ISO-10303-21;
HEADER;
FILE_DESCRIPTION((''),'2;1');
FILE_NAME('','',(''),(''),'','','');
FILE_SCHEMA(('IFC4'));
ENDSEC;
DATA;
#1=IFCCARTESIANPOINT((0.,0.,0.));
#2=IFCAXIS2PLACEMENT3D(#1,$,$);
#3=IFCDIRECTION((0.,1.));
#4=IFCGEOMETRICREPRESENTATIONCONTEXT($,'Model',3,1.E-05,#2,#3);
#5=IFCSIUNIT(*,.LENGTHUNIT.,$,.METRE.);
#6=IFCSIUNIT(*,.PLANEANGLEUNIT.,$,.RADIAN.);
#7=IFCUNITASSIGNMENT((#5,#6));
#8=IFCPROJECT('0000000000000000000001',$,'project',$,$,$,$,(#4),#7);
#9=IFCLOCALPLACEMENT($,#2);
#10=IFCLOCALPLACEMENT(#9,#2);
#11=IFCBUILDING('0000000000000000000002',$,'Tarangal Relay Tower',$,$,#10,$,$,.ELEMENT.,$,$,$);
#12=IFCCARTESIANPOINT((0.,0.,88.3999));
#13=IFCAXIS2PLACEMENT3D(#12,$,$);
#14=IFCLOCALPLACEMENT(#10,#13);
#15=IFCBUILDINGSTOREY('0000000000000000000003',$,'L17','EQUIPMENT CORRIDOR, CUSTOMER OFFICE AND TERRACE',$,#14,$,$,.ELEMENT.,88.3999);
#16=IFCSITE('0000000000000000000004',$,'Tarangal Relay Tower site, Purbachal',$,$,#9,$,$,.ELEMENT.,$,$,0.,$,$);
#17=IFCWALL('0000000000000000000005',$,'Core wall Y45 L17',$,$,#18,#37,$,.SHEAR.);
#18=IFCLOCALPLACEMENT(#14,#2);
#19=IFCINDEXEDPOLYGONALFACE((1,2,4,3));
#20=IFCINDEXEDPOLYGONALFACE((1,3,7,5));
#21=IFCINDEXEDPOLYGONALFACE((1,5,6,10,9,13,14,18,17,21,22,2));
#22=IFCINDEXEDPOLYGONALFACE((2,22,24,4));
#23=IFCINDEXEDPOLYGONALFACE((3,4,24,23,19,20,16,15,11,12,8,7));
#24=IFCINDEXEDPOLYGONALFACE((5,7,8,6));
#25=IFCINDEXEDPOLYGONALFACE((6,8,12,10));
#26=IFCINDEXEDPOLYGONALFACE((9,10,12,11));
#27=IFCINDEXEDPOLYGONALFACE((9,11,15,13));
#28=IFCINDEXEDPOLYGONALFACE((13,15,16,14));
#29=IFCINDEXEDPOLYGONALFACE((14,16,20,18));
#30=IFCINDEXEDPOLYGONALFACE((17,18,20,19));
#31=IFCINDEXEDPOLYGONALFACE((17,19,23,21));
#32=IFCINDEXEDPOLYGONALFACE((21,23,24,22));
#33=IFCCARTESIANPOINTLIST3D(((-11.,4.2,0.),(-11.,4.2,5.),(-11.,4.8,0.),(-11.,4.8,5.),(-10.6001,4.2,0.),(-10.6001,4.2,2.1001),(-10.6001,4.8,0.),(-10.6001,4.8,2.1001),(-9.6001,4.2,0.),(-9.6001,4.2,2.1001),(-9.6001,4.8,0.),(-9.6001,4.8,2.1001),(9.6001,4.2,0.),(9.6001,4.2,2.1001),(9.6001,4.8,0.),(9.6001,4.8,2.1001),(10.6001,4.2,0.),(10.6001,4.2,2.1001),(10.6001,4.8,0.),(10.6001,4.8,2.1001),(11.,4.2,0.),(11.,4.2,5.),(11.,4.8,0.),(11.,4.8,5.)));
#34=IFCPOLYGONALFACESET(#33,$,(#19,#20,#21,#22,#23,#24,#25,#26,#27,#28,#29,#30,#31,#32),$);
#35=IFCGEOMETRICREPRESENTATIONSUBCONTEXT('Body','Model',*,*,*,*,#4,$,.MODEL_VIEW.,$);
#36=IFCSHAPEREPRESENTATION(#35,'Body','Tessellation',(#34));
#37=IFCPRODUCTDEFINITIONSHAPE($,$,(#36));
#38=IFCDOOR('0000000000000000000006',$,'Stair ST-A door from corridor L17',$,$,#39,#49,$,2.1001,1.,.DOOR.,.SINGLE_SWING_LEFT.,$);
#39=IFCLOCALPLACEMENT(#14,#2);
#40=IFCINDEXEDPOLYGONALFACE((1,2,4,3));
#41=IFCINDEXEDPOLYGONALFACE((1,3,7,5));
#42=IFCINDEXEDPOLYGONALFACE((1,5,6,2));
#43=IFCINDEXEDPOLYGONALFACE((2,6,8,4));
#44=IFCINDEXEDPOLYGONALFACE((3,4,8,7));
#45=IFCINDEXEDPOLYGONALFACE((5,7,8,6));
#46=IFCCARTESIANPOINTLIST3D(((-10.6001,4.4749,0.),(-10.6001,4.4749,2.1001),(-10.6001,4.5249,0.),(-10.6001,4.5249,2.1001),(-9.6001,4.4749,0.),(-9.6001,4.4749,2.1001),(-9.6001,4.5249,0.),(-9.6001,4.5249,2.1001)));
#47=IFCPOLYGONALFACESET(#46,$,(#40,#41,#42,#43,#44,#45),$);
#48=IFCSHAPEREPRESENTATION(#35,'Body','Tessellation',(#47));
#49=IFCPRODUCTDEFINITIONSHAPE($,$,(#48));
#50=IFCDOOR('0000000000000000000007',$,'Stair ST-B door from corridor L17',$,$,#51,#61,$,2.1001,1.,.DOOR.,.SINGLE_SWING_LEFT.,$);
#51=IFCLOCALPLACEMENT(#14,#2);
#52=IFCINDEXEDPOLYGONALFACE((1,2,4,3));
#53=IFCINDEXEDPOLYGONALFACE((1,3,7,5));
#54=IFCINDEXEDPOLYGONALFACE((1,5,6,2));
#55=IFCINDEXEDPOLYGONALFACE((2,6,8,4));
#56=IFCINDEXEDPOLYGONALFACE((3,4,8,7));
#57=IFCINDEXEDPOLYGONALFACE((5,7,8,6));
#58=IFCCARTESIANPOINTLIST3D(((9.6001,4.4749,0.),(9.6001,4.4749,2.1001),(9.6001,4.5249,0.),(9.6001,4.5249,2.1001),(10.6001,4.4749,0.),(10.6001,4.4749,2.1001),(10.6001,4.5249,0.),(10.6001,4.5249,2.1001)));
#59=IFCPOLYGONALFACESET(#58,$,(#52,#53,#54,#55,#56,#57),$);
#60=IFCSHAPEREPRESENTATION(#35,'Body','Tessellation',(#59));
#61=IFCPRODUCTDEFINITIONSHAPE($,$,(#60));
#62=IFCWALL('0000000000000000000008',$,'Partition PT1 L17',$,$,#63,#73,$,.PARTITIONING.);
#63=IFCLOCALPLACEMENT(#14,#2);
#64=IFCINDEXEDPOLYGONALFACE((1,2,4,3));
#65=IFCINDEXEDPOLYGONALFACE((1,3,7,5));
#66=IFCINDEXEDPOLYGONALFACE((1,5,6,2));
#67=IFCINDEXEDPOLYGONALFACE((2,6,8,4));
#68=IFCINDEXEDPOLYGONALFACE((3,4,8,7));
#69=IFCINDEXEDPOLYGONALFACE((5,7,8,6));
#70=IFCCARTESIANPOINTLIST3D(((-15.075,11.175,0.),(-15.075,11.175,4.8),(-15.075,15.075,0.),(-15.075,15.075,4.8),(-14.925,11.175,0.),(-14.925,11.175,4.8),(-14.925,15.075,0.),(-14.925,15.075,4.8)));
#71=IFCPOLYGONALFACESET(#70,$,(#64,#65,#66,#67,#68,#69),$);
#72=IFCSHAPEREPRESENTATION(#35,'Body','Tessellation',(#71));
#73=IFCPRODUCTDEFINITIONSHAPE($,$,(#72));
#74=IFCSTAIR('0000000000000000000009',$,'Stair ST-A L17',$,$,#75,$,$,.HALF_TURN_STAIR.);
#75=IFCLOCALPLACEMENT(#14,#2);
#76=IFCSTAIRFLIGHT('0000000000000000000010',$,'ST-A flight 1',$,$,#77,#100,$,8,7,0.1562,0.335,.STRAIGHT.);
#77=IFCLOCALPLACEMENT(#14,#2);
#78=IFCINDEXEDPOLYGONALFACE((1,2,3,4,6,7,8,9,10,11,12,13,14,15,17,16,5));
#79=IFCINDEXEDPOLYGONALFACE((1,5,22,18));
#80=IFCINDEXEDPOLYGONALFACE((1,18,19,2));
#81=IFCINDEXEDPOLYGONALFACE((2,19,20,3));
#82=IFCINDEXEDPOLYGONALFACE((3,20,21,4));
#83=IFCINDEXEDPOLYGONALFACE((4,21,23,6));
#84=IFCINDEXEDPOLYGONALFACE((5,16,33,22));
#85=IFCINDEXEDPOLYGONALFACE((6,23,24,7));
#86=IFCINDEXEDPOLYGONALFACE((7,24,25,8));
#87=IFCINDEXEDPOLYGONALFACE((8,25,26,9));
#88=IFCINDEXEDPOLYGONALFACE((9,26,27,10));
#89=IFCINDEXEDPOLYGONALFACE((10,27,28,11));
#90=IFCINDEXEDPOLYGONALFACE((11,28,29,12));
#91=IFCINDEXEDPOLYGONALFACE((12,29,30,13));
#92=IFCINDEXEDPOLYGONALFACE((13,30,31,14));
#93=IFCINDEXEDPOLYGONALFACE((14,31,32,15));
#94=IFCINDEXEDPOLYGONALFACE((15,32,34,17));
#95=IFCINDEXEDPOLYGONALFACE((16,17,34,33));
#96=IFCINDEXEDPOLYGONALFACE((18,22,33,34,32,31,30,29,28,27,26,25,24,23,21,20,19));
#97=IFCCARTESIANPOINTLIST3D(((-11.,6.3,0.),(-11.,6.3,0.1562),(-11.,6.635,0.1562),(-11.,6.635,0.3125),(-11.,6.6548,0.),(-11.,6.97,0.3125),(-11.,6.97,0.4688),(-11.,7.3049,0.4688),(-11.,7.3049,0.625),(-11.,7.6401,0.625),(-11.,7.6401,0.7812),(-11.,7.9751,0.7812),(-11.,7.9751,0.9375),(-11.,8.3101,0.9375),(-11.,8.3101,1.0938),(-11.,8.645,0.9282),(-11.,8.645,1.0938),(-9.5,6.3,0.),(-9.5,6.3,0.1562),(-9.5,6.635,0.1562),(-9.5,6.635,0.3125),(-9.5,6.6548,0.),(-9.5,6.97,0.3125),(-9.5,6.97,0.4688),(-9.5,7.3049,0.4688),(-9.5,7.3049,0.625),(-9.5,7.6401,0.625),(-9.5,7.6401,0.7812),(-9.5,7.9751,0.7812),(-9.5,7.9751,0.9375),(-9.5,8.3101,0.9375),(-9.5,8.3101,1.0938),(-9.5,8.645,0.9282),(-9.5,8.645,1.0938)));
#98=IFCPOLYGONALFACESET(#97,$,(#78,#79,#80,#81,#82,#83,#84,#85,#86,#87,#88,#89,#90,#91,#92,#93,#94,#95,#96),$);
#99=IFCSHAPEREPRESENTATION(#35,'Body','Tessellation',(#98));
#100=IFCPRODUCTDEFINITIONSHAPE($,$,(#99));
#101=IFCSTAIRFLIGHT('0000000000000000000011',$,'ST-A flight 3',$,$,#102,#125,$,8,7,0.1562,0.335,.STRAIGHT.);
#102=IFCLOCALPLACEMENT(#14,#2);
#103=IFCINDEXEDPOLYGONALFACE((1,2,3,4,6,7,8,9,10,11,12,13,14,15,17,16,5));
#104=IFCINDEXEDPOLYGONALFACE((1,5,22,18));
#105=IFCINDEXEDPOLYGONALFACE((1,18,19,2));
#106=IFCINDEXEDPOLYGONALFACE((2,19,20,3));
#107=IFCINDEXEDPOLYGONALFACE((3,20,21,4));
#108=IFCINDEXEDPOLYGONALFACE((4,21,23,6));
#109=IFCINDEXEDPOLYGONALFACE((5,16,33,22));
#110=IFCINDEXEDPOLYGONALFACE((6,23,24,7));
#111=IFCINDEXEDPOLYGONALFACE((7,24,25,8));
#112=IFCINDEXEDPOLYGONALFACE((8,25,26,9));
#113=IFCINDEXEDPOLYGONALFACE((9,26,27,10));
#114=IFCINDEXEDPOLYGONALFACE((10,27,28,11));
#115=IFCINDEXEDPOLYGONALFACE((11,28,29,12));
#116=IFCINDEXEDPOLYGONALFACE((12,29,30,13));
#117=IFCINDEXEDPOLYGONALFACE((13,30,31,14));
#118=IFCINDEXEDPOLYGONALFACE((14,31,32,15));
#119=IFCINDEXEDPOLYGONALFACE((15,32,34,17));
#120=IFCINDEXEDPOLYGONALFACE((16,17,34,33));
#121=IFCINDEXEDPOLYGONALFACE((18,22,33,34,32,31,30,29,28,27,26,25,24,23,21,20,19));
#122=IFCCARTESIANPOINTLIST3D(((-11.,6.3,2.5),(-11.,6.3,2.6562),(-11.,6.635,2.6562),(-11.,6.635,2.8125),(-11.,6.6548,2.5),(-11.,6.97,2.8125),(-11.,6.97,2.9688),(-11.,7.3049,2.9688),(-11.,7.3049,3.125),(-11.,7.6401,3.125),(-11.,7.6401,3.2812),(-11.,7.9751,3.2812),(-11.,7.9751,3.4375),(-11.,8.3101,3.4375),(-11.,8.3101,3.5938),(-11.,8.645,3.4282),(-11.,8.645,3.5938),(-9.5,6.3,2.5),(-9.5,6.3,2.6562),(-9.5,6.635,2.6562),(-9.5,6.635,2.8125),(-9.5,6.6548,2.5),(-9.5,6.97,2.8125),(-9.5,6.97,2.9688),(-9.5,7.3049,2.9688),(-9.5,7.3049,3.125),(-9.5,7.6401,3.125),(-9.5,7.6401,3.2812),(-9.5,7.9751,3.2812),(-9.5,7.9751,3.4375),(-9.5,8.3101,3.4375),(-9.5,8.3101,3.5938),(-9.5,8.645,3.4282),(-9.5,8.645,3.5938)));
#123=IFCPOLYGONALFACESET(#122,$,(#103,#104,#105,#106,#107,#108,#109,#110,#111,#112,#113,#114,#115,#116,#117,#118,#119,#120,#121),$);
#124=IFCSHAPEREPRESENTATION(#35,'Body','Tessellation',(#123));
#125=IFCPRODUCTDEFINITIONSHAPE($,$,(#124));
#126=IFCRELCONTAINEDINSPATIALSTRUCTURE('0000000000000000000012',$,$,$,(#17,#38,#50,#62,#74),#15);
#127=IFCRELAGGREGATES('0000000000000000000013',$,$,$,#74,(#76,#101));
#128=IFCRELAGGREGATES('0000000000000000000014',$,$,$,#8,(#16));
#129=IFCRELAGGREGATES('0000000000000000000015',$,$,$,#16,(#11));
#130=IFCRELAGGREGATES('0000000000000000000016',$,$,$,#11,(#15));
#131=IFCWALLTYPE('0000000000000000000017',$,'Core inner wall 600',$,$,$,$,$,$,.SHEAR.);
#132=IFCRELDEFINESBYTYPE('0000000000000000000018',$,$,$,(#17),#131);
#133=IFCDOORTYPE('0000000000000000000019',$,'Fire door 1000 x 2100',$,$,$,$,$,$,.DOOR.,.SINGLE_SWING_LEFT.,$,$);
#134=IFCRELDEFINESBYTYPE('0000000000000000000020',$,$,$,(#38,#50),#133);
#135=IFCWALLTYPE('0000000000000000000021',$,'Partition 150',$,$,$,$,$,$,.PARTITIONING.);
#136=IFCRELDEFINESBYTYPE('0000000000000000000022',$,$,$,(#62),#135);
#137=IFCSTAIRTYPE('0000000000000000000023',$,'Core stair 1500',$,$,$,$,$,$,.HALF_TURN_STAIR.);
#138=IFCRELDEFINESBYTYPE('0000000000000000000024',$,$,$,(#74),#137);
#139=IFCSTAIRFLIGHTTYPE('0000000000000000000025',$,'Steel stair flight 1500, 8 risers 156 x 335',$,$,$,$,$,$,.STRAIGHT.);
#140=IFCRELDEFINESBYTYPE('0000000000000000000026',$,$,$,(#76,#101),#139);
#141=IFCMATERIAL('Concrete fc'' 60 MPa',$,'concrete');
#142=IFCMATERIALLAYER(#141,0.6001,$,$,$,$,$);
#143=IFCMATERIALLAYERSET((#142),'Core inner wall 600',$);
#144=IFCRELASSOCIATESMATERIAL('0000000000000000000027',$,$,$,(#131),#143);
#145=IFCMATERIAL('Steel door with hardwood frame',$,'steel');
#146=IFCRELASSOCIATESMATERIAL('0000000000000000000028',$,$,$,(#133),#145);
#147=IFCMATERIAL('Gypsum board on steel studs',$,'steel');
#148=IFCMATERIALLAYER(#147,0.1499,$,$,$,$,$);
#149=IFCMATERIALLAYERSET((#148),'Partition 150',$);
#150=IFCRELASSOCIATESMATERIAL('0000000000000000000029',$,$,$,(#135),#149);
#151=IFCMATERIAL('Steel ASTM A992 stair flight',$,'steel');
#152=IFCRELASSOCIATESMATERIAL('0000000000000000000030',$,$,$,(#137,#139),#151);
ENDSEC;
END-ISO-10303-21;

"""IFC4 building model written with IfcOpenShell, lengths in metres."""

from ifc_helpers import new_model, si_unit, direction, frame, frame_2d, origin, place, context, subcontext, project, spatial, polyline, rectangle, outline, extrude, material, layer, layer_set, type_object, element, fill, aggregate, save


model = new_model("IFC4")

# Units and contexts
model_context = context("Model", 3, precision=1e-05, world=origin(), true_north=direction((0.0, 1.0)))
body_context = subcontext(model_context, "Body", "Model", "MODEL_VIEW")
ifc_project = project(units=[si_unit("LENGTHUNIT", "METRE"), si_unit("PLANEANGLEUNIT", "RADIAN")], contexts=[model_context])

# Site, building, storey
site_placement = place(None, origin())
site = spatial("IfcSite", under=ifc_project, at=site_placement, Name="Tarangal Relay Tower site, Purbachal", CompositionType="ELEMENT", RefElevation=0.0)
building_placement = place(site_placement, origin())
building = spatial("IfcBuilding", under=site, at=building_placement, Name="Tarangal Relay Tower", CompositionType="ELEMENT")
storey_placement = place(building_placement, frame((0.0, 0.0, 88.3999)))
storey = spatial("IfcBuildingStorey", under=building, at=storey_placement, Name="L17", Description="EQUIPMENT CORRIDOR, CUSTOMER OFFICE AND TERRACE", CompositionType="ELEMENT", Elevation=88.3999)

# Wall, openings, doors
ifc_material_1 = material(Name="Concrete fc' 60 MPa", Category="concrete")
ifc_layer_1 = layer(ifc_material_1, 0.6001)
ifc_layer_set_1 = layer_set([ifc_layer_1], Name="Core inner wall 600")
wall_type_1 = type_object("IfcWallType", Name="Core inner wall 600", PredefinedType="SHEAR", material=ifc_layer_set_1)
wall_1_placement = place(storey_placement, frame((-11.0, 4.5, 0.0), z_axis=(0.0, 0.0, 1.0), x_axis=(1.0, 0.0, 0.0)))
wall_1 = element("IfcWall", 1, at=wall_1_placement, inside=storey, type_object=wall_type_1, Name="Core wall Y45 L17", PredefinedType="SHEAR", context=body_context, shape_type="SweptSolid", body=[
    extrude(rectangle(XDim=22.0, YDim=0.6001, at=frame_2d((11.0, 0.0))), origin(), (0.0, 0.0, 1.0), 5.0),
])
opening_1_placement = place(wall_1_placement, frame((0.3999, 0.0, 0.0)))
opening_1 = element("IfcOpeningElement", 2, at=opening_1_placement, cuts=wall_1, PredefinedType="OPENING", context=body_context, shape_type="SweptSolid", body=[
    extrude(rectangle(XDim=1.0, YDim=2.1001, at=frame_2d((0.5, 1.05))), frame((0.0, 0.3101, 0.0), z_axis=(0.0, -1.0, 0.0), x_axis=(1.0, 0.0, 0.0)), (0.0, 0.0, 1.0), 0.6201),
])
opening_2_placement = place(wall_1_placement, frame((20.6001, 0.0, 0.0)))
opening_2 = element("IfcOpeningElement", 3, at=opening_2_placement, cuts=wall_1, PredefinedType="OPENING", context=body_context, shape_type="SweptSolid", body=[
    extrude(rectangle(XDim=1.0, YDim=2.1001, at=frame_2d((0.5, 1.05))), frame((0.0, 0.3101, 0.0), z_axis=(0.0, -1.0, 0.0), x_axis=(1.0, 0.0, 0.0)), (0.0, 0.0, 1.0), 0.6201),
])
ifc_material_2 = material(Name="Steel door with hardwood frame", Category="steel")
door_type_1 = type_object("IfcDoorType", Name="Fire door 1000 x 2100", OperationType="SINGLE_SWING_LEFT", PredefinedType="DOOR", material=ifc_material_2)
door_1_placement = place(opening_1_placement, origin())
door_1 = element("IfcDoor", 4, at=door_1_placement, inside=storey, type_object=door_type_1, Name="Stair ST-A door from corridor L17", OperationType="SINGLE_SWING_LEFT", OverallHeight=2.1001, OverallWidth=1.0, PredefinedType="DOOR", context=body_context, shape_type="SweptSolid", body=[
    extrude(rectangle(XDim=1.0, YDim=2.1001, at=frame_2d((0.5, 1.05))), frame((0.0, 0.0249, 0.0), z_axis=(0.0, -1.0, 0.0), x_axis=(1.0, 0.0, 0.0)), (0.0, 0.0, 1.0), 0.05),
])
fill(opening_1, door_1)
door_2_placement = place(opening_2_placement, origin())
door_2 = element("IfcDoor", 5, at=door_2_placement, inside=storey, type_object=door_type_1, Name="Stair ST-B door from corridor L17", OperationType="SINGLE_SWING_LEFT", OverallHeight=2.1001, OverallWidth=1.0, PredefinedType="DOOR", context=body_context, shape_type="SweptSolid", body=[
    extrude(rectangle(XDim=1.0, YDim=2.1001, at=frame_2d((0.5, 1.05))), frame((0.0, 0.0249, 0.0), z_axis=(0.0, -1.0, 0.0), x_axis=(1.0, 0.0, 0.0)), (0.0, 0.0, 1.0), 0.05),
])
fill(opening_2, door_2)

# Wall
ifc_material_3 = material(Name="Gypsum board on steel studs", Category="steel")
ifc_layer_2 = layer(ifc_material_3, 0.1499)
ifc_layer_set_2 = layer_set([ifc_layer_2], Name="Partition 150")
wall_type_2 = type_object("IfcWallType", Name="Partition 150", PredefinedType="PARTITIONING", material=ifc_layer_set_2)
wall_2_placement = place(storey_placement, frame((-15.0, 11.175, 0.0), z_axis=(0.0, 0.0, 1.0), x_axis=(0.0, 1.0, 0.0)))
element("IfcWall", 6, at=wall_2_placement, inside=storey, type_object=wall_type_2, Name="Partition PT1 L17", PredefinedType="PARTITIONING", context=body_context, shape_type="SweptSolid", body=[
    extrude(rectangle(XDim=3.8999, YDim=0.1499, at=frame_2d((1.95, 0.0))), origin(), (0.0, 0.0, 1.0), 4.8),
])

# Stair, stair flights
ifc_material_4 = material(Name="Steel ASTM A992 stair flight", Category="steel")
stair_type = type_object("IfcStairType", Name="Core stair 1500", PredefinedType="HALF_TURN_STAIR", material=ifc_material_4)
stair_placement = place(storey_placement, origin())
stair = element("IfcStair", 7, at=stair_placement, inside=storey, type_object=stair_type, Name="Stair ST-A L17", PredefinedType="HALF_TURN_STAIR")
stair_flight_type = type_object("IfcStairFlightType", Name="Steel stair flight 1500, 8 risers 156 x 335", PredefinedType="STRAIGHT", material=ifc_material_4)
stair_flight_1_placement = place(storey_placement, frame((-10.25, 6.3, 0.0), z_axis=(0.0, 0.0, 1.0), x_axis=(0.0, 1.0, 0.0)))
stair_flight_1 = element("IfcStairFlight", 8, at=stair_flight_1_placement, type_object=stair_flight_type, Name="ST-A flight 1", NumberOfRisers=8, NumberOfTreads=7, PredefinedType="STRAIGHT", RiserHeight=0.1562, TreadLength=0.335, context=body_context, shape_type="SweptSolid", body=[
    extrude(outline(polyline([(0.0, 0.0), (0.0, 0.1562), (0.335, 0.1562), (0.335, 0.3125), (0.6699, 0.3125), (0.6699, 0.4688), (1.0049, 0.4688), (1.0049, 0.625), (1.3401, 0.625), (1.3401, 0.7812), (1.675, 0.7812), (1.675, 0.9375), (2.01, 0.9375), (2.01, 1.0938), (2.345, 1.0938), (2.345, 1.25), (2.345, 0.9282), (0.3547, 0.0), (0.0, 0.0)])), frame((0.0, 0.75, 0.0), z_axis=(0.0, -1.0, 0.0), x_axis=(1.0, 0.0, 0.0)), (0.0, 0.0, 1.0), 1.5),
])
stair_flight_2_placement = place(storey_placement, frame((-10.25, 6.3, 2.5), z_axis=(0.0, 0.0, 1.0), x_axis=(0.0, 1.0, 0.0)))
stair_flight_2 = element("IfcStairFlight", 9, at=stair_flight_2_placement, type_object=stair_flight_type, Name="ST-A flight 3", NumberOfRisers=8, NumberOfTreads=7, PredefinedType="STRAIGHT", RiserHeight=0.1562, TreadLength=0.335, context=body_context, shape_type="SweptSolid", body=[
    extrude(outline(polyline([(0.0, 0.0), (0.0, 0.1562), (0.335, 0.1562), (0.335, 0.3125), (0.6699, 0.3125), (0.6699, 0.4688), (1.0049, 0.4688), (1.0049, 0.625), (1.3401, 0.625), (1.3401, 0.7812), (1.675, 0.7812), (1.675, 0.9375), (2.01, 0.9375), (2.01, 1.0938), (2.345, 1.0938), (2.345, 1.25), (2.345, 0.9282), (0.3547, 0.0), (0.0, 0.0)])), frame((0.0, 0.75, 0.0), z_axis=(0.0, -1.0, 0.0), x_axis=(1.0, 0.0, 0.0)), (0.0, 0.0, 1.0), 1.5),
])
aggregate(stair, [stair_flight_1, stair_flight_2])

save(model, "model.ifc")
